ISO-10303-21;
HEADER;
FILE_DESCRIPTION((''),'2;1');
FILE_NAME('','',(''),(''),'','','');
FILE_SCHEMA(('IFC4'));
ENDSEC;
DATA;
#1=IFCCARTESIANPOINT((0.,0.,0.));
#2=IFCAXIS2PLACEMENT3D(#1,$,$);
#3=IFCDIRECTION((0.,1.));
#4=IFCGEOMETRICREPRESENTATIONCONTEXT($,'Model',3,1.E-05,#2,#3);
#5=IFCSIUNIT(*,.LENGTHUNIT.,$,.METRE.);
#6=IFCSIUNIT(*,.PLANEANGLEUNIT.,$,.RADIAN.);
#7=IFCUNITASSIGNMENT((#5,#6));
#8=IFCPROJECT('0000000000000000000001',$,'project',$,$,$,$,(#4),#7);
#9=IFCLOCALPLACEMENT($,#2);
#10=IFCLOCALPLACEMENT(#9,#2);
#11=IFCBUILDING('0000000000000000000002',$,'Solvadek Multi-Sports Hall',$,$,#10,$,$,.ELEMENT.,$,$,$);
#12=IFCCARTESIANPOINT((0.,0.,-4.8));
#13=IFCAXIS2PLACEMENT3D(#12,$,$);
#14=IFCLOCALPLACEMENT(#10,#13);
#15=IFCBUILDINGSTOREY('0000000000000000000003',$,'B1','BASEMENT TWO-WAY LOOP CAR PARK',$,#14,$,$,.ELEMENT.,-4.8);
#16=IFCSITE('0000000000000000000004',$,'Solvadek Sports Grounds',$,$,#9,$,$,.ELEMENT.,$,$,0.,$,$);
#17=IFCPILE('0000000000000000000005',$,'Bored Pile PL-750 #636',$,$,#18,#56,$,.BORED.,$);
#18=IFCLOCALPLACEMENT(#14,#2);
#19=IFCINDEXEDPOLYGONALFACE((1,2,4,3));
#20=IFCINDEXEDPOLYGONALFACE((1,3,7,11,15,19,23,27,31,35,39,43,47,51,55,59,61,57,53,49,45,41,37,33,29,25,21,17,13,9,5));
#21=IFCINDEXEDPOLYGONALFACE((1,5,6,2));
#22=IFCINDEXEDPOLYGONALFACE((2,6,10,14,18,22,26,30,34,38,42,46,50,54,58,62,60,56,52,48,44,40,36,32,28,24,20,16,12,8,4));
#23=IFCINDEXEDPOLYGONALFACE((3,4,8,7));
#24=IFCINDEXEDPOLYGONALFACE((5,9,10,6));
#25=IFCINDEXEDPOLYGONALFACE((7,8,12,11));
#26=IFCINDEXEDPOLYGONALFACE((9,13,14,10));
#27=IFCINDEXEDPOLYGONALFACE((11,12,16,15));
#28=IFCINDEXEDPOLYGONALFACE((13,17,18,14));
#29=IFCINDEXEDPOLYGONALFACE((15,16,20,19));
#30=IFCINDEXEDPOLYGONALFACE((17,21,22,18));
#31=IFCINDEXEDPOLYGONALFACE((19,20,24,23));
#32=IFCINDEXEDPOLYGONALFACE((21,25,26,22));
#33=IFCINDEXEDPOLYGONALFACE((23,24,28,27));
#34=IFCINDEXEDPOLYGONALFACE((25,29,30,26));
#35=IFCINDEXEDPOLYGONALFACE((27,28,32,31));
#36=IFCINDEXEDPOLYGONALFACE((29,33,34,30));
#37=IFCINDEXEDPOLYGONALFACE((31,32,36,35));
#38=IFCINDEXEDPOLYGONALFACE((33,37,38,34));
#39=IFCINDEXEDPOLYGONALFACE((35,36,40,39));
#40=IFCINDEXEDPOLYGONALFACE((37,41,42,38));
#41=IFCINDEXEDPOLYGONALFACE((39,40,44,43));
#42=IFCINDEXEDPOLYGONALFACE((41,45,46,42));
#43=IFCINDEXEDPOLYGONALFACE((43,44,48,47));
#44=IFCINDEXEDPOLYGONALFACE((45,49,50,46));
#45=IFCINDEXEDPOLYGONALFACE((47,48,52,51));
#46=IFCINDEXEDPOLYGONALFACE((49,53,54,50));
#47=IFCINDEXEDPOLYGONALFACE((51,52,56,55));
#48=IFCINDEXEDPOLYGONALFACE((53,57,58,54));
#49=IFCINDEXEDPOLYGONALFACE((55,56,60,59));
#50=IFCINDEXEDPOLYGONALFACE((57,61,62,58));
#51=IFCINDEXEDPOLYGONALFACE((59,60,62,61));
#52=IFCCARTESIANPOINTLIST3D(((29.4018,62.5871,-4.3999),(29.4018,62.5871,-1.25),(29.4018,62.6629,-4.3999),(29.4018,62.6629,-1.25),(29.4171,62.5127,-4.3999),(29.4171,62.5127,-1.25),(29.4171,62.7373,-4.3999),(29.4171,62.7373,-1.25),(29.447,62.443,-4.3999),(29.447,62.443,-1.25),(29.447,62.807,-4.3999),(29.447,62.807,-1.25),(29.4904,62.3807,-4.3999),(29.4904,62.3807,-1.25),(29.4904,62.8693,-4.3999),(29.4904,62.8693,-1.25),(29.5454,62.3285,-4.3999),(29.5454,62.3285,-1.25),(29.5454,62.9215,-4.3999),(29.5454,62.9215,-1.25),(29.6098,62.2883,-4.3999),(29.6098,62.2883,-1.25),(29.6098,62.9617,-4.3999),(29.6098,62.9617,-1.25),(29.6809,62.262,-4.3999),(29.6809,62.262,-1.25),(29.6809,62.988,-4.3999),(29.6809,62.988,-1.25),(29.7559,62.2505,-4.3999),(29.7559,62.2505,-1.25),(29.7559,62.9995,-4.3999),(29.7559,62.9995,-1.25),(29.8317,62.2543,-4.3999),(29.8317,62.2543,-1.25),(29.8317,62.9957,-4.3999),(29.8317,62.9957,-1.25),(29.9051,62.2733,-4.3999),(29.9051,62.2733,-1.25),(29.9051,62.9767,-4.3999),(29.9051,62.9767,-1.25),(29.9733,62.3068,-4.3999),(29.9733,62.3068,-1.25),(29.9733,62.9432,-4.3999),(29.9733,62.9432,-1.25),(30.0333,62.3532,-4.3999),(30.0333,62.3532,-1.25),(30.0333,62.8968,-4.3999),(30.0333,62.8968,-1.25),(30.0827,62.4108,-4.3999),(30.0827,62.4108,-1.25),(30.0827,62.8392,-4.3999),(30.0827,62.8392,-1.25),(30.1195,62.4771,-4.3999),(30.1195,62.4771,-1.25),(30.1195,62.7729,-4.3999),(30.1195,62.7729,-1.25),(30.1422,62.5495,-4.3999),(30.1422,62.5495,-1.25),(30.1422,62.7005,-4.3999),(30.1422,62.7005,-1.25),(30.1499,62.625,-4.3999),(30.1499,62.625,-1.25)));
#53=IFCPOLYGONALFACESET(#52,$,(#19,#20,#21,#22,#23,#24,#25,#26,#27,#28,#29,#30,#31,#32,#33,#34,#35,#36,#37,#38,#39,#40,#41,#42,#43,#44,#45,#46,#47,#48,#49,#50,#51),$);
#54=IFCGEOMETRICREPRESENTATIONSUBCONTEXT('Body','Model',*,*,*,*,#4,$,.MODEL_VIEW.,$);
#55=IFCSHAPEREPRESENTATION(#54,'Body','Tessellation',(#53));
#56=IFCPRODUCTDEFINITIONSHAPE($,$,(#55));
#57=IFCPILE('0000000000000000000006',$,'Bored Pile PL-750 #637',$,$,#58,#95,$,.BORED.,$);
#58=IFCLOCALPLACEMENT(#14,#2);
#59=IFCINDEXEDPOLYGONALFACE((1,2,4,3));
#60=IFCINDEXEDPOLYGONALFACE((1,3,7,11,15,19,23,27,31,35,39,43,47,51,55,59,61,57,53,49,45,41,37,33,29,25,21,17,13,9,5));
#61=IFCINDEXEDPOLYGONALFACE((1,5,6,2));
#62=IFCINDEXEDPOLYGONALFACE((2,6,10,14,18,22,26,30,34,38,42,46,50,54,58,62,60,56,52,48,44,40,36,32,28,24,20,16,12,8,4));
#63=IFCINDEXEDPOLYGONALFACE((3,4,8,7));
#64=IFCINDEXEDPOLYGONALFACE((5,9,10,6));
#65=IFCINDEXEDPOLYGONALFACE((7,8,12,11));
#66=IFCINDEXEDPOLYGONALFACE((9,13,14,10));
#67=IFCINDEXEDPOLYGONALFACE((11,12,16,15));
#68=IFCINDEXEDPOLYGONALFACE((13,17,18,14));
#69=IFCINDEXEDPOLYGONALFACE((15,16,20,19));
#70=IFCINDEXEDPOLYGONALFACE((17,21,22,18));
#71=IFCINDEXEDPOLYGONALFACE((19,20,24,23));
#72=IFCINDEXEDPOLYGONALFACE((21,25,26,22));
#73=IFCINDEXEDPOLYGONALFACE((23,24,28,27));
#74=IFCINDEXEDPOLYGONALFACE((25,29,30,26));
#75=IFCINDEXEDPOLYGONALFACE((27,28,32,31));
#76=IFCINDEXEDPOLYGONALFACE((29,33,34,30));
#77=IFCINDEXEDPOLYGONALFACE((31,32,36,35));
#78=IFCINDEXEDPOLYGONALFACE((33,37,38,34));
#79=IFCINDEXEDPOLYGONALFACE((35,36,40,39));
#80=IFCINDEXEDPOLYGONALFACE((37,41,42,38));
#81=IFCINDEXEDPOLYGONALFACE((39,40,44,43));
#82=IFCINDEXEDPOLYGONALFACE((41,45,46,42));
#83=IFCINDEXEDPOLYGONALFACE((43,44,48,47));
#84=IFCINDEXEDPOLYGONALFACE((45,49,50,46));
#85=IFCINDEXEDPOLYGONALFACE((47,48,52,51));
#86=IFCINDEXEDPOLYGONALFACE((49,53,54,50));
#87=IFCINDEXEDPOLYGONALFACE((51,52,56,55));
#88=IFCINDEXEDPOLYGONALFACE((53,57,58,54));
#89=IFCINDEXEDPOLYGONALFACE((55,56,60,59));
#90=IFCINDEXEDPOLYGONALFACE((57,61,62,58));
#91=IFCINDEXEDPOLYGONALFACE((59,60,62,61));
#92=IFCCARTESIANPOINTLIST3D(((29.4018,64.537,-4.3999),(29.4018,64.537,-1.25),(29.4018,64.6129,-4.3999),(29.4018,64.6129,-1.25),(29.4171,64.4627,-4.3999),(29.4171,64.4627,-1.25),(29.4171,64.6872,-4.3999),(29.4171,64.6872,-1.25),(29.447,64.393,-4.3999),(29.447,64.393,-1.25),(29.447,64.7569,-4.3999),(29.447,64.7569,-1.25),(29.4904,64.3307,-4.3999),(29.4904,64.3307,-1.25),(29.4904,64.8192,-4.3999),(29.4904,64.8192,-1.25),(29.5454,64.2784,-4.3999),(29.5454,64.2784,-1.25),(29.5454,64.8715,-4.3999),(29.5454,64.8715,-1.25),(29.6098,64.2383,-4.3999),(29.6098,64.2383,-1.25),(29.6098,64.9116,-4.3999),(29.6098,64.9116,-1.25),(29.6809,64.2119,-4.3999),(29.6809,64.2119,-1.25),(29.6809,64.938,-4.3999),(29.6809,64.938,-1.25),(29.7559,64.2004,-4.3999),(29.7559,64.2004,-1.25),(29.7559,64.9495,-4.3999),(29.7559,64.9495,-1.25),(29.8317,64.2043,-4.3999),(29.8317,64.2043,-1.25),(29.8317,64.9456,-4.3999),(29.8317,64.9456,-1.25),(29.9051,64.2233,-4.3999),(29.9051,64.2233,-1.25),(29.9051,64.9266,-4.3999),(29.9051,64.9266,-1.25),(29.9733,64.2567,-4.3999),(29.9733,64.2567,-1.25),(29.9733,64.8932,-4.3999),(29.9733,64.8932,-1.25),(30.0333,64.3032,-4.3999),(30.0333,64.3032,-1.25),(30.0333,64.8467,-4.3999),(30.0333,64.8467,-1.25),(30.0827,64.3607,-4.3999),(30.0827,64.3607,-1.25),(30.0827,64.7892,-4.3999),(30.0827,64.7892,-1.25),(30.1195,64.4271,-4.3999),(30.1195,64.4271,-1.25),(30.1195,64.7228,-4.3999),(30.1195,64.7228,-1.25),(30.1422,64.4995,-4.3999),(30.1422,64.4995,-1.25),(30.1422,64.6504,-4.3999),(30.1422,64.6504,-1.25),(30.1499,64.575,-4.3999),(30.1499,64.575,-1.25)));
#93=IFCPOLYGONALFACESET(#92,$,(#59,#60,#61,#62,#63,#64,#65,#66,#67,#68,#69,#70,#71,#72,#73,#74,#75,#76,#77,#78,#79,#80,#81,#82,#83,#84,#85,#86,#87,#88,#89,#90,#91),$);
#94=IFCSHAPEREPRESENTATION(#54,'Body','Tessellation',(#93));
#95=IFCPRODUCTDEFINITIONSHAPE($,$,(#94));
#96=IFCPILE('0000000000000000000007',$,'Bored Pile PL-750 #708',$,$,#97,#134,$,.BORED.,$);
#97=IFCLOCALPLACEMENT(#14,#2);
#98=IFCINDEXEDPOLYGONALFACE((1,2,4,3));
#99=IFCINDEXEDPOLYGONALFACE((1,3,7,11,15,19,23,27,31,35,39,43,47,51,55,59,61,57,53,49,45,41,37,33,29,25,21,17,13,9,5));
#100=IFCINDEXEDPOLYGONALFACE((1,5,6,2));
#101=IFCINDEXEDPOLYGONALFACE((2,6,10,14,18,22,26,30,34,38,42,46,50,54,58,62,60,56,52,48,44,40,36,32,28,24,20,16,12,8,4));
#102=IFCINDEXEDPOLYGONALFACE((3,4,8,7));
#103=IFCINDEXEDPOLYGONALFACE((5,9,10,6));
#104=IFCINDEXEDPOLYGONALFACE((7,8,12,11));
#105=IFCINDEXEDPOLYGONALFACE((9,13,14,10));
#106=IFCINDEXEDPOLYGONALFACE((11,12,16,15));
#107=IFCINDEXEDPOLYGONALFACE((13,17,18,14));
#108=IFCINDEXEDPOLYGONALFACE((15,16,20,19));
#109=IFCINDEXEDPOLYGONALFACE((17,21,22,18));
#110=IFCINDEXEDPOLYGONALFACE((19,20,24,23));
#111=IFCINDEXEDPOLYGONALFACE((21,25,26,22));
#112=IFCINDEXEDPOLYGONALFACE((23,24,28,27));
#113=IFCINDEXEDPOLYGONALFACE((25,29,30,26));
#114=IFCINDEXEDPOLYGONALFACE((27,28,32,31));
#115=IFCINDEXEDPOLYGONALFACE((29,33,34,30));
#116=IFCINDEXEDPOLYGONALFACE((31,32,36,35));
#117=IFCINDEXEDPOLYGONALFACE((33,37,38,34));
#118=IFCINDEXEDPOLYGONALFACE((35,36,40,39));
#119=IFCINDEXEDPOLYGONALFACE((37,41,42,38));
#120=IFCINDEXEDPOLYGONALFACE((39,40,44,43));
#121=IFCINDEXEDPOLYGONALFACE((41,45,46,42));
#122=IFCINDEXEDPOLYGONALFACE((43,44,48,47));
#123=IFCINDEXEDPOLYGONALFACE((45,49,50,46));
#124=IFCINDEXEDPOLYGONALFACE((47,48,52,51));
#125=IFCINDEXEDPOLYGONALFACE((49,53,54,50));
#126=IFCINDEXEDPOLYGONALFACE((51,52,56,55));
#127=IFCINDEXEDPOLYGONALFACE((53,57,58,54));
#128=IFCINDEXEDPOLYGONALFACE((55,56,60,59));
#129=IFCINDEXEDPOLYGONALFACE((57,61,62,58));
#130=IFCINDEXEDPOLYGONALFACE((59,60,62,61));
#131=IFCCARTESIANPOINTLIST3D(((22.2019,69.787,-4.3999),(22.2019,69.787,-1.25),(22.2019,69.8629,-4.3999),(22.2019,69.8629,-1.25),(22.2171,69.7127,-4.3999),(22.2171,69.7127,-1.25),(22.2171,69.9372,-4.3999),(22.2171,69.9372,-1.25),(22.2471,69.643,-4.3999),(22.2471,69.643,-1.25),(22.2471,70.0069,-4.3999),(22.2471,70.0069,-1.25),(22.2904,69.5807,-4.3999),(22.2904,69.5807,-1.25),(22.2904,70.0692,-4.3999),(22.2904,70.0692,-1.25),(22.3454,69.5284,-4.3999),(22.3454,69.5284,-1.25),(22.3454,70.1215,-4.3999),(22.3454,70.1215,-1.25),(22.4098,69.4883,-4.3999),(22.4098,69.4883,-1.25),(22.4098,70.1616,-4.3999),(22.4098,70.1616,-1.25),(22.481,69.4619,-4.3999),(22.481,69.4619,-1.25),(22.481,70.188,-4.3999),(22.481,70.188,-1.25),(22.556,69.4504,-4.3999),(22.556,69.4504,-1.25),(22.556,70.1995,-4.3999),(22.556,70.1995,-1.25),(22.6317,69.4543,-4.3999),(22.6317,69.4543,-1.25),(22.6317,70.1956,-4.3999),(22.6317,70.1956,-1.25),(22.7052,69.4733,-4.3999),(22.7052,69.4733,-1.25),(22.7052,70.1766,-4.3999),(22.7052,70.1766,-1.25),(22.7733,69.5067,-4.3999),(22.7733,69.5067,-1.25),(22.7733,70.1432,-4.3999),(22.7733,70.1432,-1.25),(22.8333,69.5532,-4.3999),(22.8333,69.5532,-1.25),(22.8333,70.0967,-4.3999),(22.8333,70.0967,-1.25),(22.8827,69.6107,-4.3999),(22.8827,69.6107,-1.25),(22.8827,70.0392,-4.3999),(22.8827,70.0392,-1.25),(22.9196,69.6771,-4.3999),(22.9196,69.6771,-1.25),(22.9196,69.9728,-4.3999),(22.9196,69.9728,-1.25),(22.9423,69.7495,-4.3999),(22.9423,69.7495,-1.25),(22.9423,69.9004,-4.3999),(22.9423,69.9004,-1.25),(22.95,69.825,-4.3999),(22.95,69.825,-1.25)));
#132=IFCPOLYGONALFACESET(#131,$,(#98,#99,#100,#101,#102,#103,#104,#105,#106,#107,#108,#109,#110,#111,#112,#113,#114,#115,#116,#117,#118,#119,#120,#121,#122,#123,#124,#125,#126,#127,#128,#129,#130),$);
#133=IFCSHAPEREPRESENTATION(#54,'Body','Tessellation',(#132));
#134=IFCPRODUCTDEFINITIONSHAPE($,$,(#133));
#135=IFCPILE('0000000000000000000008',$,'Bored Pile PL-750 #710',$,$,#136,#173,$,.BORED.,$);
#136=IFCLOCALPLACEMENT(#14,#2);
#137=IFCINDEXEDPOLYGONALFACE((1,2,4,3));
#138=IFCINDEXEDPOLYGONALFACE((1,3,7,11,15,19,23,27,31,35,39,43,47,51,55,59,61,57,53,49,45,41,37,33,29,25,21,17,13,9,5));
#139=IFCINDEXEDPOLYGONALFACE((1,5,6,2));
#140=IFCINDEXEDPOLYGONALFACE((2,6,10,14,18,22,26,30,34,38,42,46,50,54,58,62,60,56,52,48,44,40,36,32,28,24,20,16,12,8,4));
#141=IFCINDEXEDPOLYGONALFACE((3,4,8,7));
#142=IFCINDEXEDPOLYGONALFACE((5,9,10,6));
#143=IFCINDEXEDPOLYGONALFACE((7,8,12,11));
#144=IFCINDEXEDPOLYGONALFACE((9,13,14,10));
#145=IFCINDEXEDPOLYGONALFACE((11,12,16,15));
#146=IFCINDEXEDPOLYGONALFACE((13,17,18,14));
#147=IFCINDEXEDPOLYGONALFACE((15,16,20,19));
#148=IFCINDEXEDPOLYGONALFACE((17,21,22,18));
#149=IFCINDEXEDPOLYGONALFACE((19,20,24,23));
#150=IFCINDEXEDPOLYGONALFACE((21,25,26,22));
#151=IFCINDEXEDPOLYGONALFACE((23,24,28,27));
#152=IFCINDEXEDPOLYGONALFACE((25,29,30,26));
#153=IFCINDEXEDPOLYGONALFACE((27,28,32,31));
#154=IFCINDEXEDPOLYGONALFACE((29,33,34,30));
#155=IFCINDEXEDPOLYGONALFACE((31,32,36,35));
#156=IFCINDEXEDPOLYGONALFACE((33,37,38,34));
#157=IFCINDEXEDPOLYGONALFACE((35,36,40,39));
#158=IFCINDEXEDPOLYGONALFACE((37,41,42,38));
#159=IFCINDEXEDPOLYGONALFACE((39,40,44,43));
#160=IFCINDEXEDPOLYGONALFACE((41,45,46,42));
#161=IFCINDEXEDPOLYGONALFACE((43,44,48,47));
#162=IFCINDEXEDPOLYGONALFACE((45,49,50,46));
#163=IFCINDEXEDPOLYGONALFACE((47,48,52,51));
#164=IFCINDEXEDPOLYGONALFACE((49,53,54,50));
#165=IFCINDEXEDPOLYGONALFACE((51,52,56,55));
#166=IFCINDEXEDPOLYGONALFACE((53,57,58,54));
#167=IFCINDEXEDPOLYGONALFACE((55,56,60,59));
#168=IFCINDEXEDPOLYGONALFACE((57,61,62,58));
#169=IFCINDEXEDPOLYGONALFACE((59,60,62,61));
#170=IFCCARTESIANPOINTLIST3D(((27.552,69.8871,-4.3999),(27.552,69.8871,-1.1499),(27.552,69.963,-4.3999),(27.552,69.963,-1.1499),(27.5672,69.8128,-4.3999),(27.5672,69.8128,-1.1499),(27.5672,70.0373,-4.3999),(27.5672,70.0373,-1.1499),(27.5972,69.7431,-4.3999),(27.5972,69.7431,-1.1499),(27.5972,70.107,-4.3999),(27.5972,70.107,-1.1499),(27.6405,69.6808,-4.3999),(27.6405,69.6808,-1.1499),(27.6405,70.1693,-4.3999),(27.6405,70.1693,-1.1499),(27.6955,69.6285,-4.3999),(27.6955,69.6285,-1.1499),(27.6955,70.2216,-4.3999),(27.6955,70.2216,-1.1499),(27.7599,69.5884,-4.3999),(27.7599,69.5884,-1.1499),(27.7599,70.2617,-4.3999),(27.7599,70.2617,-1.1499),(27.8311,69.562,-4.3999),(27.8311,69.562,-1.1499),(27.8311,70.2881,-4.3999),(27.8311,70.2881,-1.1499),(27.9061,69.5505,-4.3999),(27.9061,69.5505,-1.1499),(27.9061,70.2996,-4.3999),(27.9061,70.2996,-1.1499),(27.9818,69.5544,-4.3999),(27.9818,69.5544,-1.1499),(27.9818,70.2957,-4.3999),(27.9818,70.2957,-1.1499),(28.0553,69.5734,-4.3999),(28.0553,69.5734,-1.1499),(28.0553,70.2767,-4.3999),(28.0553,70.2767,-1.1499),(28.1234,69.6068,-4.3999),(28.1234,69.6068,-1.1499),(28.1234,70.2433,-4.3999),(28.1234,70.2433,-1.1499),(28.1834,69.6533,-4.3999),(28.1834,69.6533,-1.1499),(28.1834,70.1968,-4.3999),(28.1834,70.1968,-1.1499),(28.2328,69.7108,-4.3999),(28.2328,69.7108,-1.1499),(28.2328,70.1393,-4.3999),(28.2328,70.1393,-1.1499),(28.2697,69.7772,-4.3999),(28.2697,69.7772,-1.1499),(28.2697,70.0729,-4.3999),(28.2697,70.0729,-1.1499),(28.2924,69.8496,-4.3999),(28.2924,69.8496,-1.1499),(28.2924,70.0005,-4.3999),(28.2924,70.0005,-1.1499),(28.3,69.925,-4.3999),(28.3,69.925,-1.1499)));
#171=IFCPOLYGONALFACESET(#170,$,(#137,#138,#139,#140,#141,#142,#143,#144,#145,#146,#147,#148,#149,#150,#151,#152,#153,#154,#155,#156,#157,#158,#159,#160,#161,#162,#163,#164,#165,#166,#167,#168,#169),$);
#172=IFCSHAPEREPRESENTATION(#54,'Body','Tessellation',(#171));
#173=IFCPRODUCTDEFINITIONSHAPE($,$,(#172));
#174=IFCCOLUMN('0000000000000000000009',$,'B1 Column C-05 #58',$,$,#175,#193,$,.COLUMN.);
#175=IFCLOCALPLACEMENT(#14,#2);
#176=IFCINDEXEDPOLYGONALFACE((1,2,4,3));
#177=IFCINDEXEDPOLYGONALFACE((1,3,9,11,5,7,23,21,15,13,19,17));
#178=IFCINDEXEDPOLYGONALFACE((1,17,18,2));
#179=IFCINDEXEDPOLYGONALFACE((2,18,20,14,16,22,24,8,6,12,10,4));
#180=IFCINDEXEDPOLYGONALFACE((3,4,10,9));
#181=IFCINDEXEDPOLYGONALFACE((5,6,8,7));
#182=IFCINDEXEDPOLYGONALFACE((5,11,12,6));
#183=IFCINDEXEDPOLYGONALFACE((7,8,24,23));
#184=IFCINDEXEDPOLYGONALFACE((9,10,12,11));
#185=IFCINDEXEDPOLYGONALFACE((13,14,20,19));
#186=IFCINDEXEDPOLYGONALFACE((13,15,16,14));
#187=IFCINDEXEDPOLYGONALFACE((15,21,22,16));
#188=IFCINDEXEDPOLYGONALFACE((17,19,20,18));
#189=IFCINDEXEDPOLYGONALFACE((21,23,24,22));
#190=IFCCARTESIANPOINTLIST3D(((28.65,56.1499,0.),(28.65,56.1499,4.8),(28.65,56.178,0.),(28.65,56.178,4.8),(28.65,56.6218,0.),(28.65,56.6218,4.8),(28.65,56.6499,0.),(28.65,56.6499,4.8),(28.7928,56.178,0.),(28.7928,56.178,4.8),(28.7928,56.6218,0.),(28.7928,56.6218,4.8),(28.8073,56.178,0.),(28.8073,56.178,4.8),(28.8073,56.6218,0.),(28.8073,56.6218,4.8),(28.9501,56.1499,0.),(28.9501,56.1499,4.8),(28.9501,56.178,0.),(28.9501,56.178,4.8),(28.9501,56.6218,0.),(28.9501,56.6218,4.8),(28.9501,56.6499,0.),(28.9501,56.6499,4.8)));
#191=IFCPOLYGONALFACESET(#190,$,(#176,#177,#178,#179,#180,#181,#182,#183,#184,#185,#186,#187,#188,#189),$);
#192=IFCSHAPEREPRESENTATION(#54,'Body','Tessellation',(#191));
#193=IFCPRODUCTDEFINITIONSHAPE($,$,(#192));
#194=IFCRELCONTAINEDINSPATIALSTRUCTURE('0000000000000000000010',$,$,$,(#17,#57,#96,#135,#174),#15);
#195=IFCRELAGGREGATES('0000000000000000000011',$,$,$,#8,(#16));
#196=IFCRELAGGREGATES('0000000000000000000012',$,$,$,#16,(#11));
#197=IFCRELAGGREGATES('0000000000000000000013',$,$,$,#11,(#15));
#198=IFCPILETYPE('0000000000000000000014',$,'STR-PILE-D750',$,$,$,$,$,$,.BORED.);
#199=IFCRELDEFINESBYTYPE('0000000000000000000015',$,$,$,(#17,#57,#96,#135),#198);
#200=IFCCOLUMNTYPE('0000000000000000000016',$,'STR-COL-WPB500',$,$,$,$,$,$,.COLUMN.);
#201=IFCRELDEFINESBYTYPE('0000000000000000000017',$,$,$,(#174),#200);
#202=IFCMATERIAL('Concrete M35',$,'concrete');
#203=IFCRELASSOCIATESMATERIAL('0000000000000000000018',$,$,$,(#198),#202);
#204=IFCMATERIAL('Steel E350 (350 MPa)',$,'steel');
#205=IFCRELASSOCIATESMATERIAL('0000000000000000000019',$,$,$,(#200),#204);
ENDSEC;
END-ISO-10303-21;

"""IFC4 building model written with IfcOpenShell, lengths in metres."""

from ifc_helpers import new_model, si_unit, direction, frame, origin, origin_2d, place, context, subcontext, project, spatial, circle, i_section, extrude, material, material_profile, profile_set, type_object, element, save


model = new_model("IFC4")

# Units and contexts
model_context = context("Model", 3, precision=1e-05, world=origin(), true_north=direction((0.0, 1.0)))
body_context = subcontext(model_context, "Body", "Model", "MODEL_VIEW")
ifc_project = project(units=[si_unit("LENGTHUNIT", "METRE"), si_unit("PLANEANGLEUNIT", "RADIAN")], contexts=[model_context])

# Site, building, storey
site_placement = place(None, origin())
site = spatial("IfcSite", under=ifc_project, at=site_placement, Name="Solvadek Sports Grounds", CompositionType="ELEMENT", RefElevation=0.0)
building_placement = place(site_placement, origin())
building = spatial("IfcBuilding", under=site, at=building_placement, Name="Solvadek Multi-Sports Hall", CompositionType="ELEMENT")
storey_placement = place(building_placement, frame((0.0, 0.0, -4.8)))
storey = spatial("IfcBuildingStorey", under=building, at=storey_placement, Name="B1", Description="BASEMENT TWO-WAY LOOP CAR PARK", CompositionType="ELEMENT", Elevation=-4.8)

# Piles
ifc_material_1 = material(Name="Concrete M35", Category="concrete")
ifc_material_profile_1 = material_profile(ifc_material_1, circle(Radius=0.375, at=origin_2d()), Name="BORED PILE D750")
ifc_profile_set_1 = profile_set([ifc_material_profile_1], Name="Concrete M35")
pile_type_1 = type_object("IfcPileType", Name="STR-PILE-D750", PredefinedType="BORED", material=ifc_profile_set_1)
for number, where, z_axis, x_axis, name in (
    (1, (29.7749, 62.625, -1.25), (0.0, 0.0, -1.0), (1.0, 0.0, 0.0), "Bored Pile PL-750 #636"),
    (2, (29.7749, 64.575, -1.25), (0.0, 0.0, -1.0), (1.0, 0.0, 0.0), "Bored Pile PL-750 #637"),
    (3, (22.575, 69.825, -1.25), (0.0, 0.0, -1.0), (1.0, 0.0, 0.0), "Bored Pile PL-750 #708"),
):
    element("IfcPile", number, at=place(storey_placement, frame(where, z_axis=z_axis, x_axis=x_axis)), inside=storey, type_object=pile_type_1, Name=name, PredefinedType="BORED", context=body_context, shape_type="SweptSolid", body=[
        extrude(circle(Radius=0.375, at=origin_2d()), origin(), (0.0, 0.0, 1.0), 3.1499),
    ])
pile_1_placement = place(storey_placement, frame((27.925, 69.925, -1.1499), z_axis=(0.0, 0.0, -1.0), x_axis=(1.0, 0.0, 0.0)))
element("IfcPile", 4, at=pile_1_placement, inside=storey, type_object=pile_type_1, Name="Bored Pile PL-750 #710", PredefinedType="BORED", context=body_context, shape_type="SweptSolid", body=[
    extrude(circle(Radius=0.375, at=origin_2d()), origin(), (0.0, 0.0, 1.0), 3.25),
])

# Column
ifc_material_2 = material(Name="Steel E350 (350 MPa)", Category="steel")
ifc_material_profile_2 = material_profile(ifc_material_2, i_section(OverallWidth=0.3, OverallDepth=0.5, WebThickness=0.0144, FlangeThickness=0.0281, at=origin_2d()), Name="WPB 500")
ifc_profile_set_2 = profile_set([ifc_material_profile_2], Name="Steel E350 (350 MPa)")
column_type = type_object("IfcColumnType", Name="STR-COL-WPB500", PredefinedType="COLUMN", material=ifc_profile_set_2)
for number, where, z_axis, x_axis, name in (
    (5, (28.8, 56.3999, 0.0), (0.0, 0.0, 1.0), (1.0, 0.0, 0.0), "B1 Column C-05 #58"),
):
    element("IfcColumn", number, at=place(storey_placement, frame(where, z_axis=z_axis, x_axis=x_axis)), inside=storey, type_object=column_type, Name=name, PredefinedType="COLUMN", context=body_context, shape_type="SweptSolid", body=[
        extrude(i_section(OverallWidth=0.3, OverallDepth=0.5, WebThickness=0.0144, FlangeThickness=0.0281, at=origin_2d()), origin(), (0.0, 0.0, 1.0), 4.8),
    ])

save(model, "model.ifc")
